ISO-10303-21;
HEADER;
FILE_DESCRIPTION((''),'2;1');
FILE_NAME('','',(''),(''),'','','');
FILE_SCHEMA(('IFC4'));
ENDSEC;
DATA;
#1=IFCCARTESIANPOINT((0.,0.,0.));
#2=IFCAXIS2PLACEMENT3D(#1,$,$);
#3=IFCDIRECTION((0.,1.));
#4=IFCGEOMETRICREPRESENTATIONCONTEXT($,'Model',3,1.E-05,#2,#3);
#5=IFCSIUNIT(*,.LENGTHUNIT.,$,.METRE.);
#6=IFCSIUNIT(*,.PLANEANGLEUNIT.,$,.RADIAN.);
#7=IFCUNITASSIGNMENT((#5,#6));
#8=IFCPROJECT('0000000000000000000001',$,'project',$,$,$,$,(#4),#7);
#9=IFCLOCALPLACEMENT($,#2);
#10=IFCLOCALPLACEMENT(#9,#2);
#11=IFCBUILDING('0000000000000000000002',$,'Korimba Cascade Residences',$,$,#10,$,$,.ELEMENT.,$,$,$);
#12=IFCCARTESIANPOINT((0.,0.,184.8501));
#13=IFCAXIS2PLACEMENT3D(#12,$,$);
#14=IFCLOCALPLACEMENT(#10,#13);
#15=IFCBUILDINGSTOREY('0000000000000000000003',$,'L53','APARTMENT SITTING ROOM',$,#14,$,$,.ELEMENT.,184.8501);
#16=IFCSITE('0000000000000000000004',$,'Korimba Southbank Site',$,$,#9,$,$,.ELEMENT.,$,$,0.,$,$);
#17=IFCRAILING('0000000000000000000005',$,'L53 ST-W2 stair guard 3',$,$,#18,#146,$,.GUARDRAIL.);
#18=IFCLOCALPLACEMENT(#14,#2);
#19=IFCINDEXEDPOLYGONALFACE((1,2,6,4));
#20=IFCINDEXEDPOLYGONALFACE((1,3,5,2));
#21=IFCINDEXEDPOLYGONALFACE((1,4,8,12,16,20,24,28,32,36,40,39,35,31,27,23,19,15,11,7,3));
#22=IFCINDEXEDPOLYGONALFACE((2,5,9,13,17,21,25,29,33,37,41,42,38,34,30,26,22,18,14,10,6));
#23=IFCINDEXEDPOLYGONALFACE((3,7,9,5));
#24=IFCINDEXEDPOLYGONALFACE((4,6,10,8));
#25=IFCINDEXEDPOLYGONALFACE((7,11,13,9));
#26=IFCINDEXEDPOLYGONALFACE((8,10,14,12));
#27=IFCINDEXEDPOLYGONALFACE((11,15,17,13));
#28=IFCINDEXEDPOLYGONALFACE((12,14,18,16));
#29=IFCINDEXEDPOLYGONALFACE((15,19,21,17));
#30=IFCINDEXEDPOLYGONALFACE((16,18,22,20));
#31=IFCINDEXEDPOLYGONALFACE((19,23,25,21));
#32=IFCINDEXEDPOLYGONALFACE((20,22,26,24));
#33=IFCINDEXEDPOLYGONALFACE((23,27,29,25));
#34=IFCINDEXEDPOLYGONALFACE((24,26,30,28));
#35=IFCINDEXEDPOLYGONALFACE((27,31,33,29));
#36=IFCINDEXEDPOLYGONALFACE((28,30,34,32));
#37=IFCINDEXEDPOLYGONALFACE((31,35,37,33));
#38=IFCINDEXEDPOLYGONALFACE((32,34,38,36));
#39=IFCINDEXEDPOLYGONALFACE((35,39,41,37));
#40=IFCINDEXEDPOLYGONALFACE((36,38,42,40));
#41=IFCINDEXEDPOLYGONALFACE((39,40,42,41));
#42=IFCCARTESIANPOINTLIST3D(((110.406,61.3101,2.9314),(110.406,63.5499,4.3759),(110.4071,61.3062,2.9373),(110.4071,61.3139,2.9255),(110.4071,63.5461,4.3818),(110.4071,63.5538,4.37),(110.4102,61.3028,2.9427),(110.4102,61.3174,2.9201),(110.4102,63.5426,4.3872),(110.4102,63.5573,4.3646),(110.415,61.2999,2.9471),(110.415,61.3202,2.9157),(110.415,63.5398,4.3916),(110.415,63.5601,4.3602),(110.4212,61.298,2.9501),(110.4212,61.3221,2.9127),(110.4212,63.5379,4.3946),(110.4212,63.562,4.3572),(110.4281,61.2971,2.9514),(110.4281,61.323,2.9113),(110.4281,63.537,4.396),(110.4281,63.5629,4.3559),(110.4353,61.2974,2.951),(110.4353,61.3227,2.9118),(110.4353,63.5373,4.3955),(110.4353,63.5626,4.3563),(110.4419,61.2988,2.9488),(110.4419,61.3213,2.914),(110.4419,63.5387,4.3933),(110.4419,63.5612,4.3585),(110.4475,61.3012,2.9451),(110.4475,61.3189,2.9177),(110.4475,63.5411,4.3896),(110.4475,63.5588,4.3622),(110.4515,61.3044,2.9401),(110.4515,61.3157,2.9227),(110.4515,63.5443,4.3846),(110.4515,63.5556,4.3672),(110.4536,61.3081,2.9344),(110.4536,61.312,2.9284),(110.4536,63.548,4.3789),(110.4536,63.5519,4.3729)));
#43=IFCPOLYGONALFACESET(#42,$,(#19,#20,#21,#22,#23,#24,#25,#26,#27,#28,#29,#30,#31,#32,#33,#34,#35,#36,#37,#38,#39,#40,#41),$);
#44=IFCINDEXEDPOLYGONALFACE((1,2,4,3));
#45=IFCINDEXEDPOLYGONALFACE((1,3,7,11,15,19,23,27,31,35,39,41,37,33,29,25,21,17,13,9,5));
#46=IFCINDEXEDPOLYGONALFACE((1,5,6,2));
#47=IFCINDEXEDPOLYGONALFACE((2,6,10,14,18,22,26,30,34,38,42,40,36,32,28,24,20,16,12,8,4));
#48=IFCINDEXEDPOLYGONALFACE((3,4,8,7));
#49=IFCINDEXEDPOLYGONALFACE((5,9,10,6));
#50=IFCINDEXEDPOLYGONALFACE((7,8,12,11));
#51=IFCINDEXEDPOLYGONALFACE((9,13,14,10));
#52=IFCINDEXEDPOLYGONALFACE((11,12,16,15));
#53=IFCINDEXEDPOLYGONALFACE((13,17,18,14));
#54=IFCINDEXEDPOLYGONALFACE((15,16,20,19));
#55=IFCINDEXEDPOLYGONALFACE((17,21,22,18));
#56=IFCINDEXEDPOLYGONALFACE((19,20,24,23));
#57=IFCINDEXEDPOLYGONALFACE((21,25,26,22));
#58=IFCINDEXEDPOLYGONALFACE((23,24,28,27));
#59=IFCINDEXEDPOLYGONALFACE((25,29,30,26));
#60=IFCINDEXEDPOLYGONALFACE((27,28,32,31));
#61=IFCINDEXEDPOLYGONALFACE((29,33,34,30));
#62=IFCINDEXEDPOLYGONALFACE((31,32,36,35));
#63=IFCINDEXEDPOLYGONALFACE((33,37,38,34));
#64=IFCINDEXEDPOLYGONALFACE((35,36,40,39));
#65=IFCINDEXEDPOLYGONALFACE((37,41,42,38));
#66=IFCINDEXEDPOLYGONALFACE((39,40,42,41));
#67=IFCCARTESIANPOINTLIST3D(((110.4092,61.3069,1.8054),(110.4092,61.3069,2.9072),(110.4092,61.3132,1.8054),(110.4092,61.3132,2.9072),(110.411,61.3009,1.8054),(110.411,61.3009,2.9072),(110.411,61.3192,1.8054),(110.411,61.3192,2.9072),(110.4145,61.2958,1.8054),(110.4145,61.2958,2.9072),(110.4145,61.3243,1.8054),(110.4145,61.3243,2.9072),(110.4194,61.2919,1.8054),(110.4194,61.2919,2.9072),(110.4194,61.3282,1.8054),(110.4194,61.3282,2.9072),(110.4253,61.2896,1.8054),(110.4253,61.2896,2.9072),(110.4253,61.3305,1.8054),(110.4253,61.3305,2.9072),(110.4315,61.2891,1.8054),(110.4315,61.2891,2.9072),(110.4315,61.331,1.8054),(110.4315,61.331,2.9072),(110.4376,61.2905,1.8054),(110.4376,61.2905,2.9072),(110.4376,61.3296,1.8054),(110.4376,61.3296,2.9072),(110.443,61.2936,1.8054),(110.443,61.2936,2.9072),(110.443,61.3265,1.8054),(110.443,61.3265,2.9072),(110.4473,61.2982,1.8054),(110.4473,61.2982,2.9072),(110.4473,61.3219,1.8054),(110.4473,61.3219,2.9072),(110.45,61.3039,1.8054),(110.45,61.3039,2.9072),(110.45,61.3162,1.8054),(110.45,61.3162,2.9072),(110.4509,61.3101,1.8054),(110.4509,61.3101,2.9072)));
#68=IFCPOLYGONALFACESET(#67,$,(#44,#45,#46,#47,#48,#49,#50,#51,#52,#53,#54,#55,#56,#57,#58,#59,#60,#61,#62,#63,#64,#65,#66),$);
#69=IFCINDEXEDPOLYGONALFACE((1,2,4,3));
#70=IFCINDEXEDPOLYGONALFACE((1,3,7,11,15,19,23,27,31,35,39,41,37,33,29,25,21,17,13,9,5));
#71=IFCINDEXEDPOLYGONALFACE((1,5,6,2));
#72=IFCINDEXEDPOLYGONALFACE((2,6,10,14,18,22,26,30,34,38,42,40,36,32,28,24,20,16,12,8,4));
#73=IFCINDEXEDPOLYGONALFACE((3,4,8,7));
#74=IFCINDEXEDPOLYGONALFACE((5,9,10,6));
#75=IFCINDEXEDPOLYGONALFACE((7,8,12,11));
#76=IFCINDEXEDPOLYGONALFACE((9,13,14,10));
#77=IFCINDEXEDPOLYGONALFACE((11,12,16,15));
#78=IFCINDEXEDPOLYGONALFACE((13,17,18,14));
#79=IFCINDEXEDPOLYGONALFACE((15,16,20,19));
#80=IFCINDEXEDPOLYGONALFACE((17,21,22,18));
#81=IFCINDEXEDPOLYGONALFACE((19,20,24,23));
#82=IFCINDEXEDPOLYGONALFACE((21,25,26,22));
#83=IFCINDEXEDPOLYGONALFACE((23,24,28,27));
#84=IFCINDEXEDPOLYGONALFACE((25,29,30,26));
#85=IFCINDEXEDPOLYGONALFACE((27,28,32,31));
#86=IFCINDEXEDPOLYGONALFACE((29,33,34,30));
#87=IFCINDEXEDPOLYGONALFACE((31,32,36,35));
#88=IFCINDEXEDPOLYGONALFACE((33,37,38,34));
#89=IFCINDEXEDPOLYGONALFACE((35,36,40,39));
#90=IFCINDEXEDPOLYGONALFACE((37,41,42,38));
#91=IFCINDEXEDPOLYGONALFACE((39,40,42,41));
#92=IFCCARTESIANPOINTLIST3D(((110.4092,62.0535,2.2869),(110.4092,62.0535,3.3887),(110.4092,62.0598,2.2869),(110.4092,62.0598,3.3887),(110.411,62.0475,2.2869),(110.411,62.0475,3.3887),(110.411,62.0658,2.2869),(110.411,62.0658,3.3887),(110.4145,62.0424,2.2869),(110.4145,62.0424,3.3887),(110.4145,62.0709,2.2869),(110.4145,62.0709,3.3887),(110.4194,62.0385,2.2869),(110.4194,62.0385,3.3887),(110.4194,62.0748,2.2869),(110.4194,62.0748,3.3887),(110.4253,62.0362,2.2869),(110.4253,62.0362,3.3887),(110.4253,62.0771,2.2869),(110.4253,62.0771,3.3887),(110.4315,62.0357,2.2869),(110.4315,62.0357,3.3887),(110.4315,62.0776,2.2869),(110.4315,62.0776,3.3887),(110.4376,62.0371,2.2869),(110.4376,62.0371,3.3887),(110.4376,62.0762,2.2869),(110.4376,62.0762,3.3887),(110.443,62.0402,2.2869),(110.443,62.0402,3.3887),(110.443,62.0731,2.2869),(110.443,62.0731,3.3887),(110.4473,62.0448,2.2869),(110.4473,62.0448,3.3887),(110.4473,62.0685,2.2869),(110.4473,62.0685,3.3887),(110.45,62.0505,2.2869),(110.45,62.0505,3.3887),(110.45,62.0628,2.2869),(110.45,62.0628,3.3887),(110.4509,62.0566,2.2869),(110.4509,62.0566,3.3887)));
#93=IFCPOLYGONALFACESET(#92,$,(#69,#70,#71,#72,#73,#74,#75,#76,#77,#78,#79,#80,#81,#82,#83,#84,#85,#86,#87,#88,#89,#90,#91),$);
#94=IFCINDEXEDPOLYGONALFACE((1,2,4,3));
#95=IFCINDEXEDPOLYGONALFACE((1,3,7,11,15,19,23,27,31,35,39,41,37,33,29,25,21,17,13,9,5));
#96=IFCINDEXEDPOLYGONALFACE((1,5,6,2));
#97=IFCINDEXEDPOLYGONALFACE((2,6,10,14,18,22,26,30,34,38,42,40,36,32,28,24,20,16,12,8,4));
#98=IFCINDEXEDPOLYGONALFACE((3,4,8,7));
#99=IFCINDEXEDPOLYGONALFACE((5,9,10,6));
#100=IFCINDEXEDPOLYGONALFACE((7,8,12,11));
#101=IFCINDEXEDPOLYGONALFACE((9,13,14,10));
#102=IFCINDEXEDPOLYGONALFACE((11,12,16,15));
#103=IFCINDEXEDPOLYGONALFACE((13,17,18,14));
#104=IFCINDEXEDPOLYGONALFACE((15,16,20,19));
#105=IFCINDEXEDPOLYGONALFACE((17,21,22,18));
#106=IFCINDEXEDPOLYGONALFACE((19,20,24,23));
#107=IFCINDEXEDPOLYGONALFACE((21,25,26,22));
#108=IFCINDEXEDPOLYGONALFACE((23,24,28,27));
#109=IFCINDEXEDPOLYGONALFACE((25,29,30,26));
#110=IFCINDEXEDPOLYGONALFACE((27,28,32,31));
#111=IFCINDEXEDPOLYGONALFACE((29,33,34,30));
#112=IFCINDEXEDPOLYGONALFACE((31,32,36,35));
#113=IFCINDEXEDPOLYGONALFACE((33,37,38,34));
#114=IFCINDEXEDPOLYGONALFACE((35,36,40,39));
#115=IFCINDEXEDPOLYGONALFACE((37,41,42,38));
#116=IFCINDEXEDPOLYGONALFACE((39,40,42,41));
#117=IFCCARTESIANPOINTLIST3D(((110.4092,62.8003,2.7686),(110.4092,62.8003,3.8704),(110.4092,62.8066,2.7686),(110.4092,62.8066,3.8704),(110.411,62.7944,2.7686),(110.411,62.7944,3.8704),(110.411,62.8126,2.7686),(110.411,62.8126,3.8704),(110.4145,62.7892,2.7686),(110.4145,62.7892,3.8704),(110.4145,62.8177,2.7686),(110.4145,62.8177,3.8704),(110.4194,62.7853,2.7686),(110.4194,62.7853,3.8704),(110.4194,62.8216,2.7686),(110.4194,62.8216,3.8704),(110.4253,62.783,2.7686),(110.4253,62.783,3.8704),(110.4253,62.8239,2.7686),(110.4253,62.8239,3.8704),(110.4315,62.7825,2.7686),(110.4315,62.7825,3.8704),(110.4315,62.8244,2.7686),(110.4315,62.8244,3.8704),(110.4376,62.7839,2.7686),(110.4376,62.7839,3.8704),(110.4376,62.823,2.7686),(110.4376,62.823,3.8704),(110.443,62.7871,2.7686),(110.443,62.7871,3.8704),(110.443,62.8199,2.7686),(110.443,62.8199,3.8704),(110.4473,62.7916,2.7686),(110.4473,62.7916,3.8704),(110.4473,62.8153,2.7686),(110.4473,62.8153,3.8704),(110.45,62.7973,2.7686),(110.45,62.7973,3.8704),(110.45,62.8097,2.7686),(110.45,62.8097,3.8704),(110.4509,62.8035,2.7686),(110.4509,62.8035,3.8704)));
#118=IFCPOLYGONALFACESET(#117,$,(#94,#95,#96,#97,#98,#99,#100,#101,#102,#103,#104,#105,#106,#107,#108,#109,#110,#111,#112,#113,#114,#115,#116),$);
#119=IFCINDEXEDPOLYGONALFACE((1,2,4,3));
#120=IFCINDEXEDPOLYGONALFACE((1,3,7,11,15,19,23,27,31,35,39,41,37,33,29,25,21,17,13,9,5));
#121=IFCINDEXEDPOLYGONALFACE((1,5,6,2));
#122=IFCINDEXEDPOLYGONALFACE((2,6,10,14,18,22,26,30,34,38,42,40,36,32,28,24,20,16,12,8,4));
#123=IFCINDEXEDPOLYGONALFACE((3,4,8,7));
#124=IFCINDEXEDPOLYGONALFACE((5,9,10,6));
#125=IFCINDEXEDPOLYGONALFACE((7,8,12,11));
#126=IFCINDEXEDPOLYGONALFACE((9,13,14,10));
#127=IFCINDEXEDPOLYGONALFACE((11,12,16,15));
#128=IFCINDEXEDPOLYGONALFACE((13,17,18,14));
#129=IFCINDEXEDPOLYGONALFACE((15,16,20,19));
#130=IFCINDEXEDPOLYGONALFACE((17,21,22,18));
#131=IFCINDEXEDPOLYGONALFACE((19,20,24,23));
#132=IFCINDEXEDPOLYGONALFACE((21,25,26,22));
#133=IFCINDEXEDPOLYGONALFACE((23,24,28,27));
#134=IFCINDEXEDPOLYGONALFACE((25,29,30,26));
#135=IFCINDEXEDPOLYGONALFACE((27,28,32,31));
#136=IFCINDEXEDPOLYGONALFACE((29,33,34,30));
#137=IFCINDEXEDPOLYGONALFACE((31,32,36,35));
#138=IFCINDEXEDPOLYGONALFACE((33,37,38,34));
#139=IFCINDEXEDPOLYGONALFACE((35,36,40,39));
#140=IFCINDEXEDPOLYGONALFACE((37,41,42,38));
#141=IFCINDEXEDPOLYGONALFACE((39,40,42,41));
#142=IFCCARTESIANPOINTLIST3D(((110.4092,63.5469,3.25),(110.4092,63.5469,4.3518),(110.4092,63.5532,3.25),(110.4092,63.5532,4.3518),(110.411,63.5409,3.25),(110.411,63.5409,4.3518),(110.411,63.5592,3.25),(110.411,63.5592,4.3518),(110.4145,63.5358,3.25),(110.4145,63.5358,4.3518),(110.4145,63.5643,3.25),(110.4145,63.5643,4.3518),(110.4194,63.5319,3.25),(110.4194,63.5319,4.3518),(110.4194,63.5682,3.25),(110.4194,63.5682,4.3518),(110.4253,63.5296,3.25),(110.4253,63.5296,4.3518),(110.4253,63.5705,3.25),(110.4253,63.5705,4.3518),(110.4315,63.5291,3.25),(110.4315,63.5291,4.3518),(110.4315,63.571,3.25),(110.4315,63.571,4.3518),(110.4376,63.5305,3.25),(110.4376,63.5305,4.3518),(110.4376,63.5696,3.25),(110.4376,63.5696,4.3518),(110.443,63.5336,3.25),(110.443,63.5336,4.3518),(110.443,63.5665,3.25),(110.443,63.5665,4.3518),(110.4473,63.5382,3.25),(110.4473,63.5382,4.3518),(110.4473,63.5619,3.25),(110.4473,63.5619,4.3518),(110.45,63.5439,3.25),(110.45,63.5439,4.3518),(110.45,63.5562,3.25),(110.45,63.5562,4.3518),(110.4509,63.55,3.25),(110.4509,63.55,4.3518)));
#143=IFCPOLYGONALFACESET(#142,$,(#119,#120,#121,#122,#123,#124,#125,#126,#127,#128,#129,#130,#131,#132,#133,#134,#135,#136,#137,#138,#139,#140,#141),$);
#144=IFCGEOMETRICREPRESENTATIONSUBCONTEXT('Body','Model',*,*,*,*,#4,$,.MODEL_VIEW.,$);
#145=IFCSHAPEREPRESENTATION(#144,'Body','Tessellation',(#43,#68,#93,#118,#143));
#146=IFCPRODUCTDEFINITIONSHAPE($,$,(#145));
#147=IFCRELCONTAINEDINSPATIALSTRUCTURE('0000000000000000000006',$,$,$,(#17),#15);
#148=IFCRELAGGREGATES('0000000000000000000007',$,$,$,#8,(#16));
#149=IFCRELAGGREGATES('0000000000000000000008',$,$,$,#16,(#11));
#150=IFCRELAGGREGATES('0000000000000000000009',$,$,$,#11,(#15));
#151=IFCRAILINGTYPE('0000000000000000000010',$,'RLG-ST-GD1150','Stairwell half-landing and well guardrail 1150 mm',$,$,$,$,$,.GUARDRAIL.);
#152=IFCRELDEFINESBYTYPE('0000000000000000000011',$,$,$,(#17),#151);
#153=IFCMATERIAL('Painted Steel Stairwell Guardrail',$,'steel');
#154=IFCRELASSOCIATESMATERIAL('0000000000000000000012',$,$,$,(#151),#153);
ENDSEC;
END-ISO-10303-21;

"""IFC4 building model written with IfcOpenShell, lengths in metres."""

from ifc_helpers import new_model, si_unit, direction, frame, origin, origin_2d, place, context, subcontext, project, spatial, circle, extrude, material, type_object, element, save


model = new_model("IFC4")

# Units and contexts
model_context = context("Model", 3, precision=1e-05, world=origin(), true_north=direction((0.0, 1.0)))
body_context = subcontext(model_context, "Body", "Model", "MODEL_VIEW")
ifc_project = project(units=[si_unit("LENGTHUNIT", "METRE"), si_unit("PLANEANGLEUNIT", "RADIAN")], contexts=[model_context])

# Site, building, storey
site_placement = place(None, origin())
site = spatial("IfcSite", under=ifc_project, at=site_placement, Name="Korimba Southbank Site", CompositionType="ELEMENT", RefElevation=0.0)
building_placement = place(site_placement, origin())
building = spatial("IfcBuilding", under=site, at=building_placement, Name="Korimba Cascade Residences", CompositionType="ELEMENT")
storey_placement = place(building_placement, frame((0.0, 0.0, 184.8501)))
storey = spatial("IfcBuildingStorey", under=building, at=storey_placement, Name="L53", Description="APARTMENT SITTING ROOM", CompositionType="ELEMENT", Elevation=184.8501)

# Railing
ifc_material_1 = material(Name="Painted Steel Stairwell Guardrail", Category="steel")
railing_type_1 = type_object("IfcRailingType", Name="RLG-ST-GD1150", Description="Stairwell half-landing and well guardrail 1150 mm", PredefinedType="GUARDRAIL", material=ifc_material_1)
railing_1_placement = place(storey_placement, frame((110.4299, 61.3101, 1.8054)))
element("IfcRailing", 1, at=railing_1_placement, inside=storey, type_object=railing_type_1, Name="L53 ST-W2 stair guard 3", PredefinedType="GUARDRAIL", context=body_context, shape_type="SweptSolid", body=[
    extrude(circle(Radius=0.0239, at=origin_2d()), frame((0.0, 0.0, 1.126), z_axis=(0.0, 0.840395, 0.541975), x_axis=(-1.0, 0.0, 0.0)), (0.0, 0.0, 1.0), 2.6653),
    extrude(circle(Radius=0.021, at=origin_2d()), origin(), (0.0, 0.0, 1.0), 1.1018),
    extrude(circle(Radius=0.021, at=origin_2d()), frame((0.0, 0.7466, 0.4814)), (0.0, 0.0, 1.0), 1.1018),
    extrude(circle(Radius=0.021, at=origin_2d()), frame((0.0, 1.4934, 0.9631)), (0.0, 0.0, 1.0), 1.1018),
    extrude(circle(Radius=0.021, at=origin_2d()), frame((0.0, 2.24, 1.4446)), (0.0, 0.0, 1.0), 1.1018),
])

save(model, "model.ifc")
